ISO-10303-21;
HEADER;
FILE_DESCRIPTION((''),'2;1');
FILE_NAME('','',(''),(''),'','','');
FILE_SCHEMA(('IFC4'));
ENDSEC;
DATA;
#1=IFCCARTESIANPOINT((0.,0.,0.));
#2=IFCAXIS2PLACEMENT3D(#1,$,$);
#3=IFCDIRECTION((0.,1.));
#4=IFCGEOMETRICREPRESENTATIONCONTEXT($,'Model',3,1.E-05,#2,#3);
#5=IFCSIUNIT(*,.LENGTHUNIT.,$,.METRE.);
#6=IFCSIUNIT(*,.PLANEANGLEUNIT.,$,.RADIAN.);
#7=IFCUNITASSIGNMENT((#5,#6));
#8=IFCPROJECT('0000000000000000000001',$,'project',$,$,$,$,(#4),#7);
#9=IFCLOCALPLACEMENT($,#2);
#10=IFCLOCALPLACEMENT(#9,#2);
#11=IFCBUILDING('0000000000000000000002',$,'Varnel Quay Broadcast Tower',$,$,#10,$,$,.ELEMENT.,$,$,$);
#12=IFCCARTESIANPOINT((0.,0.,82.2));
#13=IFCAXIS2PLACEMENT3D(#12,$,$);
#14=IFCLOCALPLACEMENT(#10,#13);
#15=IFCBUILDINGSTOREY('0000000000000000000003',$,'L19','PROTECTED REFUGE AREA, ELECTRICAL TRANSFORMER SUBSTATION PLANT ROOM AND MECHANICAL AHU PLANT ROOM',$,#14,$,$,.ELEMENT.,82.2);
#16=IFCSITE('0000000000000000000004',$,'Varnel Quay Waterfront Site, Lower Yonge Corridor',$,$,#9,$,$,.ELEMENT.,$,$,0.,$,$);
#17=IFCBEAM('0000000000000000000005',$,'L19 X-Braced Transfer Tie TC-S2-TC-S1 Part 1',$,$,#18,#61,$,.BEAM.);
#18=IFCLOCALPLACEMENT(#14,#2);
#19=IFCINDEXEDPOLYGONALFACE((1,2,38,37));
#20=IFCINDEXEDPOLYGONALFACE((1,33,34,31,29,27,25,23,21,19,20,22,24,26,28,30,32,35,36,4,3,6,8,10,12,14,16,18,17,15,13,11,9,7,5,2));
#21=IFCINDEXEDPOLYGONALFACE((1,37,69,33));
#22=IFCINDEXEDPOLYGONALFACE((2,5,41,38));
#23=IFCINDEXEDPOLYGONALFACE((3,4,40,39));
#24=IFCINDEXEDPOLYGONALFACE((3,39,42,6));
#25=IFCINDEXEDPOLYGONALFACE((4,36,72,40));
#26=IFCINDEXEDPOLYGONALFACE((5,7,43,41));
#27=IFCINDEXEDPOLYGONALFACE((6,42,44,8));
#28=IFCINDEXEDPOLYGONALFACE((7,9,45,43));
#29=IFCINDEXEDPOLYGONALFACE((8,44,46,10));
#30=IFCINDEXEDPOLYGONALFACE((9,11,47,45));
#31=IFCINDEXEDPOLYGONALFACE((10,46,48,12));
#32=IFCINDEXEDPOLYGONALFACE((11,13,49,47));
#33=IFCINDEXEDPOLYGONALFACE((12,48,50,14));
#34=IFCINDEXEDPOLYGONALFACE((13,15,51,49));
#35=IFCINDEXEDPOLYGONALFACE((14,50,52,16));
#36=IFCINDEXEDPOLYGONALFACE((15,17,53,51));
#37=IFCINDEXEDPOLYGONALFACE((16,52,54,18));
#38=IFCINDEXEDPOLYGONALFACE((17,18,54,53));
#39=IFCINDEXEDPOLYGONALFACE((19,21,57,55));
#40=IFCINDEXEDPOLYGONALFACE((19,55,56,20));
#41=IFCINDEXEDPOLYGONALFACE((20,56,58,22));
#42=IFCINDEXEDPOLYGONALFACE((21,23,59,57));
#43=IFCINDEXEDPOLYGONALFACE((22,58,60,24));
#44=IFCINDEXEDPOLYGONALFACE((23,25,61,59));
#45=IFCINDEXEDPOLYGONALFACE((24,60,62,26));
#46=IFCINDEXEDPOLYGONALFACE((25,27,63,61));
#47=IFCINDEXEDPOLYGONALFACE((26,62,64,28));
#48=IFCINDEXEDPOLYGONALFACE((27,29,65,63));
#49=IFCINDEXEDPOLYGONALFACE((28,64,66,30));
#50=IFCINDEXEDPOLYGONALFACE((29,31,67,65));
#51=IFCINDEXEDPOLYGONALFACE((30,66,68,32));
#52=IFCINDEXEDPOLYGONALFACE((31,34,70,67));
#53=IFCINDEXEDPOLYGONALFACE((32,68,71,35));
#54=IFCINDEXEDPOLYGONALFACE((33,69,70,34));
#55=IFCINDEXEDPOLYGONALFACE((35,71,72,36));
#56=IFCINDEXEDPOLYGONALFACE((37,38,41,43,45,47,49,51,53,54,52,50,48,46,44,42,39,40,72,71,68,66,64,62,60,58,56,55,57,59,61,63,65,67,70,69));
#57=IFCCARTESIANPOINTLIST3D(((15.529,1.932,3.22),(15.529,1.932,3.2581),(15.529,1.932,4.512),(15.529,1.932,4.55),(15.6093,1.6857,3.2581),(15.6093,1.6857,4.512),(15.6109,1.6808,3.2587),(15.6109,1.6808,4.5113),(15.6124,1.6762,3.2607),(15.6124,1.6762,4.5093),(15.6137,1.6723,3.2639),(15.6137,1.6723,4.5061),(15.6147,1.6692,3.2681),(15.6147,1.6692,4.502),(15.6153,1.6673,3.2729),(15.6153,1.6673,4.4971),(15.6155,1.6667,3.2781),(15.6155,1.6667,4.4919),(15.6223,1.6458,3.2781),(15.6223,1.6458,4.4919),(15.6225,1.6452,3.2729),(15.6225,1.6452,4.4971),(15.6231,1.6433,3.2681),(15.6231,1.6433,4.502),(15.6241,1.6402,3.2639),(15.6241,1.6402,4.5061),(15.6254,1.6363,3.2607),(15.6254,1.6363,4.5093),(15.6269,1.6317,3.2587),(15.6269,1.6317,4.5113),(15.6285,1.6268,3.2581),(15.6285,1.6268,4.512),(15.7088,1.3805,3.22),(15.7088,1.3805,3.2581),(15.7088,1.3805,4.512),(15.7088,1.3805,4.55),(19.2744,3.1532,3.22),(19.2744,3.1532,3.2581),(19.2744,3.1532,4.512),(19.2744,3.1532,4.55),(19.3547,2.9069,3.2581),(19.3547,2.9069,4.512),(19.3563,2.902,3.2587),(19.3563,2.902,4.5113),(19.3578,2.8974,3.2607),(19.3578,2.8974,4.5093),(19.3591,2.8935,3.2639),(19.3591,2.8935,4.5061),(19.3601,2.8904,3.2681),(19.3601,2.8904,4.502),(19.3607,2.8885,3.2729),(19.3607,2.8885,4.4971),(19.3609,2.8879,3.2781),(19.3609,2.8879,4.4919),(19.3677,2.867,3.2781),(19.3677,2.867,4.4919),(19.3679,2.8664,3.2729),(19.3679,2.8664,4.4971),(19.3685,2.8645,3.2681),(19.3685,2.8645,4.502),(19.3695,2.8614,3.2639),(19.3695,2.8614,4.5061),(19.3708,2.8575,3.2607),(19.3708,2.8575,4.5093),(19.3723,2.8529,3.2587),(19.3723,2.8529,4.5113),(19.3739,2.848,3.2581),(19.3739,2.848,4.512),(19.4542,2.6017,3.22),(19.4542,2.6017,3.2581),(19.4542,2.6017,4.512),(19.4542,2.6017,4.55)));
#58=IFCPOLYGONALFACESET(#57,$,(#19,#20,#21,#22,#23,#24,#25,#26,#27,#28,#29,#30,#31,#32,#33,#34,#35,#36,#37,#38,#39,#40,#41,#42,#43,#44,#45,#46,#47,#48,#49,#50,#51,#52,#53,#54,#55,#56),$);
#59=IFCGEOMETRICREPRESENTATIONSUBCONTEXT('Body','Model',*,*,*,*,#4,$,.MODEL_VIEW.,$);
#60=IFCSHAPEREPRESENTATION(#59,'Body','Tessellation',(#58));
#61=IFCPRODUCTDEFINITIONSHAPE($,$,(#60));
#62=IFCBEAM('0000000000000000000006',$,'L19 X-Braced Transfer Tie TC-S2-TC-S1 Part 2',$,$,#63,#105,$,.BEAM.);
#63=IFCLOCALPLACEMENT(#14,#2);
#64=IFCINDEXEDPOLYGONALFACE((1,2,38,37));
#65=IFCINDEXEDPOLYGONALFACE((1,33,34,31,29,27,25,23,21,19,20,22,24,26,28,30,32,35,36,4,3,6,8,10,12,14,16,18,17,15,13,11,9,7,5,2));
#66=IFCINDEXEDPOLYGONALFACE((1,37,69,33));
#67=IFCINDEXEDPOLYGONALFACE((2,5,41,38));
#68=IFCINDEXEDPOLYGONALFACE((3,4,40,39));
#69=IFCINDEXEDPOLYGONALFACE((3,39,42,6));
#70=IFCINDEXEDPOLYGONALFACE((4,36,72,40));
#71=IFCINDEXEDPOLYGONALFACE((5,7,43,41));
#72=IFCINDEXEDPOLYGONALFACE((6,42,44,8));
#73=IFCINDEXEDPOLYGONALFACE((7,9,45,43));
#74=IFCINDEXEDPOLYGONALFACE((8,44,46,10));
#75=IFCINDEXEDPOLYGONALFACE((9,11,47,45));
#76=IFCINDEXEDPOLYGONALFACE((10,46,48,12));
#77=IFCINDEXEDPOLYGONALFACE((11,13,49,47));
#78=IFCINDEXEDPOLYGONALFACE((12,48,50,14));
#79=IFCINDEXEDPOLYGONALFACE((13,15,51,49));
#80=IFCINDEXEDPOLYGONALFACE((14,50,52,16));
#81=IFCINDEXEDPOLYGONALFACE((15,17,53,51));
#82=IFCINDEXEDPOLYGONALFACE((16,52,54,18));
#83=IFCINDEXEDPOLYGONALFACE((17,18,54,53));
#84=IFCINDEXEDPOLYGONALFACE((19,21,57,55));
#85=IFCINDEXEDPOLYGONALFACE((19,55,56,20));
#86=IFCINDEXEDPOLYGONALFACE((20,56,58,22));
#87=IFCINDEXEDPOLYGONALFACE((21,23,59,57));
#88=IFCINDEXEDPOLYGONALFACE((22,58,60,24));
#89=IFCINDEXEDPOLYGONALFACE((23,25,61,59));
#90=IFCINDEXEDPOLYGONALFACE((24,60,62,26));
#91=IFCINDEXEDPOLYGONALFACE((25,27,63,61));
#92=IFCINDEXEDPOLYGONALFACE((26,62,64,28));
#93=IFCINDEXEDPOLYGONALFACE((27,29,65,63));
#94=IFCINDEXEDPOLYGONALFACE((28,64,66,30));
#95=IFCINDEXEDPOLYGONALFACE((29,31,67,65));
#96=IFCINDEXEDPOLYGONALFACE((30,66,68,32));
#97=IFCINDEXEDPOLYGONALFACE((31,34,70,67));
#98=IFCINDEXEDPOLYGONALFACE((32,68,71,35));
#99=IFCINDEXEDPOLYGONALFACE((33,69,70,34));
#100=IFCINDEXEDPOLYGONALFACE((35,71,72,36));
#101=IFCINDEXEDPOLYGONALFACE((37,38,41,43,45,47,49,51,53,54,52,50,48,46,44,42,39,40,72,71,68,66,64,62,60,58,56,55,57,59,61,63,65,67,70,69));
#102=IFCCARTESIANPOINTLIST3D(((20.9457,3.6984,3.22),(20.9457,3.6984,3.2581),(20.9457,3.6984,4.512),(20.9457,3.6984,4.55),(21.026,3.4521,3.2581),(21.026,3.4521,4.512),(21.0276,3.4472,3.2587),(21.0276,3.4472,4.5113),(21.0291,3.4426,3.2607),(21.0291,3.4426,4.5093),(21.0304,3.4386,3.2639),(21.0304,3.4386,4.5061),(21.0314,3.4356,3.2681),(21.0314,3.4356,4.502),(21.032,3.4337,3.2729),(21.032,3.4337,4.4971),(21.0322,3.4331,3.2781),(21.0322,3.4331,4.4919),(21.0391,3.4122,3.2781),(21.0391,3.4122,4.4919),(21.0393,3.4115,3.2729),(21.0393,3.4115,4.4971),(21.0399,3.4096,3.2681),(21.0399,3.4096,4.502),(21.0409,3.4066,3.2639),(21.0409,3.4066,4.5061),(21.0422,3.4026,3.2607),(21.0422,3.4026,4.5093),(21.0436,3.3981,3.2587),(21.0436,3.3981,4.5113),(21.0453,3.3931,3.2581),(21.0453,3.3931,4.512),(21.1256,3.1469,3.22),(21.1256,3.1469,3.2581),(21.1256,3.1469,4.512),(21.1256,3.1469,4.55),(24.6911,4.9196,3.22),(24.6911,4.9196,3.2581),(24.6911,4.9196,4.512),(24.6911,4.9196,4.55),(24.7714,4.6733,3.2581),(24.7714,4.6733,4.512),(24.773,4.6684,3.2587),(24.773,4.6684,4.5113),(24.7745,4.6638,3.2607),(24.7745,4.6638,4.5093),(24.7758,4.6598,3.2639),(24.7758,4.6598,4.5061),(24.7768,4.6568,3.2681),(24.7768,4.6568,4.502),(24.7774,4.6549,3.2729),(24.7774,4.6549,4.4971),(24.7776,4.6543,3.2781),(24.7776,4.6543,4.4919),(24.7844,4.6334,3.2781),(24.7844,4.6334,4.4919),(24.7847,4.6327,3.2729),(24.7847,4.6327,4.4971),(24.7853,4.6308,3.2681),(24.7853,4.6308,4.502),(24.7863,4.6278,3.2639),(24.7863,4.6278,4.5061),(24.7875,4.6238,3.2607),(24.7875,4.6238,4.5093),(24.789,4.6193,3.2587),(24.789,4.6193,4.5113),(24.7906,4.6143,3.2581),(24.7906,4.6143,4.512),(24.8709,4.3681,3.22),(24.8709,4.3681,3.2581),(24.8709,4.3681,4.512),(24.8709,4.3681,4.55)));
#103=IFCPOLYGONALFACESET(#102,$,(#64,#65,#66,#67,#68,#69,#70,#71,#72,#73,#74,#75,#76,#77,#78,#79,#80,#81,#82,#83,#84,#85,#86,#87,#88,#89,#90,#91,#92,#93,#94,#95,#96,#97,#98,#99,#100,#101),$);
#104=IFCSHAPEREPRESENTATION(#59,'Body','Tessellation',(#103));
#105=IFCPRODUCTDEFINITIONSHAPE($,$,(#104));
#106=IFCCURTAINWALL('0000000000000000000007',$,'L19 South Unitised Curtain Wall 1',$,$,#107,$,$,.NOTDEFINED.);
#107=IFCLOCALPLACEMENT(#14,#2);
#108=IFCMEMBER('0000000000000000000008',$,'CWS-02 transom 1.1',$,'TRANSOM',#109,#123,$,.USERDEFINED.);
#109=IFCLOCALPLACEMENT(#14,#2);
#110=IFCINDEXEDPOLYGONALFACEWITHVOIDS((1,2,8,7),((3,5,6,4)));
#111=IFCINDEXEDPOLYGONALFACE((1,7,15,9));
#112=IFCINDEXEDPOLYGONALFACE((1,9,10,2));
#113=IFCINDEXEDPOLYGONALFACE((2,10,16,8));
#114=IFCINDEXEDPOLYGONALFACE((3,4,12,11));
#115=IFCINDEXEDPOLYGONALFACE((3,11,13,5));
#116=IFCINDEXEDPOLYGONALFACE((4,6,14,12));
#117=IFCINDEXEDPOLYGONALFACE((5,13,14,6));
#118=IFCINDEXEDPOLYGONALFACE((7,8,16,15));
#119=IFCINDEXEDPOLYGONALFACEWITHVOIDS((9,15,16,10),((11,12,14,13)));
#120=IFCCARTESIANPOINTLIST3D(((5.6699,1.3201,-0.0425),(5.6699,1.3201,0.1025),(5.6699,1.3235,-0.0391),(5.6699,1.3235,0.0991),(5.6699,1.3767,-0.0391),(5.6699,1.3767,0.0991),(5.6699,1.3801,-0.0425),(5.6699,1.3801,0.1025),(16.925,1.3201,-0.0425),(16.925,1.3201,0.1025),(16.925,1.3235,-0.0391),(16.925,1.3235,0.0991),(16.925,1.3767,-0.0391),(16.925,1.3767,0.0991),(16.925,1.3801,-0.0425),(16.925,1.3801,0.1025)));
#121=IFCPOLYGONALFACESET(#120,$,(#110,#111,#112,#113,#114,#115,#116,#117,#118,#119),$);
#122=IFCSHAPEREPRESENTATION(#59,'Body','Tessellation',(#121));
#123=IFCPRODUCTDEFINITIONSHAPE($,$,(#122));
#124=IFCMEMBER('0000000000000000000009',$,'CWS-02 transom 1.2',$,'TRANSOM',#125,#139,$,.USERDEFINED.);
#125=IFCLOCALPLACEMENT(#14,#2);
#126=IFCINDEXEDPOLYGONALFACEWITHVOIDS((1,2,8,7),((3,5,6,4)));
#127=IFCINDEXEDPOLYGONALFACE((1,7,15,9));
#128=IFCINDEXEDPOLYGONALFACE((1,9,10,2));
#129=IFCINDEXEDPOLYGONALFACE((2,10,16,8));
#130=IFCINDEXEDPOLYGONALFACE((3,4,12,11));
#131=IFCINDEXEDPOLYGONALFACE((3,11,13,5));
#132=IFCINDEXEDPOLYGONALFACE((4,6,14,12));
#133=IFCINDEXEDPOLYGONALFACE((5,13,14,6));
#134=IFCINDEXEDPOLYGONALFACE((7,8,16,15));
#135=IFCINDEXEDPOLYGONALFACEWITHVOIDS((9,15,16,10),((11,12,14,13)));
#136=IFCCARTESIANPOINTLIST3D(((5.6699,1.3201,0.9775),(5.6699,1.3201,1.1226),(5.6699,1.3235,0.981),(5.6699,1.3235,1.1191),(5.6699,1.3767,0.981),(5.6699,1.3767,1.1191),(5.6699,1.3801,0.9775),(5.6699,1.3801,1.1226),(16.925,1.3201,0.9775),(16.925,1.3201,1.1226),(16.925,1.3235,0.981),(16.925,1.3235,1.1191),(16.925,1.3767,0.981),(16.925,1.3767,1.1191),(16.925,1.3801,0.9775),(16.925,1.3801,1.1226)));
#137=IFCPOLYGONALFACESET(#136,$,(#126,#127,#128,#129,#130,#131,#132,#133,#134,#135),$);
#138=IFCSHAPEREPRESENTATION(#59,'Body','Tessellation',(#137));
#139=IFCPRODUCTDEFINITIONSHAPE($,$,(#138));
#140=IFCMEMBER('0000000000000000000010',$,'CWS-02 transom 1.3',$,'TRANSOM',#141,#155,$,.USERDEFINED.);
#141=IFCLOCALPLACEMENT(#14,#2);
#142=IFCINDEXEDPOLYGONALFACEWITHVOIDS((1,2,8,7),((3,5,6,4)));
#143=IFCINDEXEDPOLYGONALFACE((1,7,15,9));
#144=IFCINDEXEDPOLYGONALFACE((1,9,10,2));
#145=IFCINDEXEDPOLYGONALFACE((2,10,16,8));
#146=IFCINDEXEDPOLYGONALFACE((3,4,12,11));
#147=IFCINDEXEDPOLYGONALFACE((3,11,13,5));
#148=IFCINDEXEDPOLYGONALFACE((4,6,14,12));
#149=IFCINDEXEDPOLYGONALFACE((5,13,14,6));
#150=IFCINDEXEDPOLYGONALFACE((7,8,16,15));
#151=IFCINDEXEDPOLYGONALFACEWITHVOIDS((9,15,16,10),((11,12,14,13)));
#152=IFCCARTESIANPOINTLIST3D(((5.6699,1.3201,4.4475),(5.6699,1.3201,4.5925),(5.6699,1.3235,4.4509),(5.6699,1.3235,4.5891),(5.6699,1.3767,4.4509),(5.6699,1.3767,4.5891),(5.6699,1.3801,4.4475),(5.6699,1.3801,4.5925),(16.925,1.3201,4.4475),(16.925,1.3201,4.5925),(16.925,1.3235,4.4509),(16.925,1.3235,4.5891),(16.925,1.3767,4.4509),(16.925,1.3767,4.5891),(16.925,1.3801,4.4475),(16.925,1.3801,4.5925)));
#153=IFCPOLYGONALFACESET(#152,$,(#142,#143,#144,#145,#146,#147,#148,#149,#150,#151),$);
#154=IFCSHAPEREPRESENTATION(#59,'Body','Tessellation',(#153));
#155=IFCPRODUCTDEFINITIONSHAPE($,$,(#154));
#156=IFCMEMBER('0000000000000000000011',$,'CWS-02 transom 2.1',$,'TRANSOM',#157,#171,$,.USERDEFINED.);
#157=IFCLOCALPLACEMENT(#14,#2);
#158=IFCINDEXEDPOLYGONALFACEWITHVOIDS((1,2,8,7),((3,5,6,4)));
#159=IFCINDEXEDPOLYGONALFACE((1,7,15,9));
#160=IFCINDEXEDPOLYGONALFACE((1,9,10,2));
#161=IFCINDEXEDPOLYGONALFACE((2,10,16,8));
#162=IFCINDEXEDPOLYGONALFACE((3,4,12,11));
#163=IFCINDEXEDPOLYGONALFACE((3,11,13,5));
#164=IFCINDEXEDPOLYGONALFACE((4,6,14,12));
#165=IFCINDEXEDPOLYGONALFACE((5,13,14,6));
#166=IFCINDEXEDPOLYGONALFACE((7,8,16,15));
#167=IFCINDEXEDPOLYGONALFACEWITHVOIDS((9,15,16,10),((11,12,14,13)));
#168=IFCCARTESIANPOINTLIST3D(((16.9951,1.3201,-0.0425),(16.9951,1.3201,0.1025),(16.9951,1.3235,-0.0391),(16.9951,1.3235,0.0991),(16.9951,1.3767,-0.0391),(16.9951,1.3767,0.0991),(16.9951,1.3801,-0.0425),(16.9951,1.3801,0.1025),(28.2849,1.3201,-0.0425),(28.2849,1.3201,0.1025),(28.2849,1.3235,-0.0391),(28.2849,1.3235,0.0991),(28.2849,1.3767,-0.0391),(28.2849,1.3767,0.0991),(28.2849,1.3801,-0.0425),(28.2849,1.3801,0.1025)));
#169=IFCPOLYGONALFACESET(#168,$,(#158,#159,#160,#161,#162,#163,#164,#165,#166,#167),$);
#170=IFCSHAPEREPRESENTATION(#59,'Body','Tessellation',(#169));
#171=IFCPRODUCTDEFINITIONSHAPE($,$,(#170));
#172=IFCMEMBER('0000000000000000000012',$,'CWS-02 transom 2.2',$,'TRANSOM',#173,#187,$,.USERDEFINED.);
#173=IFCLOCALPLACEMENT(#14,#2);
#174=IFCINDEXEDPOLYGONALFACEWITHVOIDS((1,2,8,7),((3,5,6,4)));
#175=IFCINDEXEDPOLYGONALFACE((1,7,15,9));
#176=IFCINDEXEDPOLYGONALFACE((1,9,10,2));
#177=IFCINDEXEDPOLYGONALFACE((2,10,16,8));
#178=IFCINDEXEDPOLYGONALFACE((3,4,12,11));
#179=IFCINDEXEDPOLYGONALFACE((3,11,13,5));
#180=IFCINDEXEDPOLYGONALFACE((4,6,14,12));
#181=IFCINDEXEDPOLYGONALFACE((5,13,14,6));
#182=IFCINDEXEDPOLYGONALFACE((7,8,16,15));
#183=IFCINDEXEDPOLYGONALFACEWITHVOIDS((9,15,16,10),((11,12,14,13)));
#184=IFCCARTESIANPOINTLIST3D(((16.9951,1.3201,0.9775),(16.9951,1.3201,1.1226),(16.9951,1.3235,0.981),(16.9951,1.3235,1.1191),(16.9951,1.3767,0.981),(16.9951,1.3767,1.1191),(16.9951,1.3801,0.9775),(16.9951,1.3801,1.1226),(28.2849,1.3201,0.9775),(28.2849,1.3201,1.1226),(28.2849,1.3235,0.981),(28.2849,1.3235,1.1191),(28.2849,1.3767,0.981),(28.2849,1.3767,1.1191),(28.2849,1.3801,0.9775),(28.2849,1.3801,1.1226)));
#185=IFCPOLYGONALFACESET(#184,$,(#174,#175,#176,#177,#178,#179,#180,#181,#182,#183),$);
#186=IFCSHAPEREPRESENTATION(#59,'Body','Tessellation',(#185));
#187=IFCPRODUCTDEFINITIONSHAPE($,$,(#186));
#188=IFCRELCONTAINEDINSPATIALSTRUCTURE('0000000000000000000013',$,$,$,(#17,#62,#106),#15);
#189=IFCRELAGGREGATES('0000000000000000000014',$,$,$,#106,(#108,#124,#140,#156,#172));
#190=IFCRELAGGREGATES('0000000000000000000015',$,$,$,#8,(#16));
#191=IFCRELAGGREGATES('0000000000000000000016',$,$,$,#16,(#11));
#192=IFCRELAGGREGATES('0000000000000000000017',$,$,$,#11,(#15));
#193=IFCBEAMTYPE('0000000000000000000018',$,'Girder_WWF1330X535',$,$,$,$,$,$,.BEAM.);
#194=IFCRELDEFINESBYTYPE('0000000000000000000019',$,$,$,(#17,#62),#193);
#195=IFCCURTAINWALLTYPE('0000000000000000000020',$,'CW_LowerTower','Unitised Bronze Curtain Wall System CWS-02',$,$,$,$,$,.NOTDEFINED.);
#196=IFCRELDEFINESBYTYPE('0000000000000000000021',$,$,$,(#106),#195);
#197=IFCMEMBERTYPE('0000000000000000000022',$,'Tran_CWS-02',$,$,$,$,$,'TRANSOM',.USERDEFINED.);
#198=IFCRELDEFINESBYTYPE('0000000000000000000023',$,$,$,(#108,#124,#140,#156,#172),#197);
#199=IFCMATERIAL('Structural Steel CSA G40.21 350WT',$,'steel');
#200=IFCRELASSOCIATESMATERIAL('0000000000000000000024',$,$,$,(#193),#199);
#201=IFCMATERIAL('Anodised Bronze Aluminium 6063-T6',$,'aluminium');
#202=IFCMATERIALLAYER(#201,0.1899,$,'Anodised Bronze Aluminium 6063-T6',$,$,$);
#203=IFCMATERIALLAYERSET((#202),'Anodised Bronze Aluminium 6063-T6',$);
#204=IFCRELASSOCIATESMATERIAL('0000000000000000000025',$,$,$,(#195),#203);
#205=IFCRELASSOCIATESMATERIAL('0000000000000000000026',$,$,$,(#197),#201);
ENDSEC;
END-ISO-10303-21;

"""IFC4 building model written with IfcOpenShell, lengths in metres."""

from ifc_helpers import new_model, si_unit, direction, frame, origin, origin_2d, place, context, subcontext, project, spatial, hollow_rectangle, i_section, extrude, source, transform, mapped, material, layer, layer_set, material_profile, profile_set, type_object, type_shapes, element, aggregate, save


model = new_model("IFC4")

# Units and contexts
model_context = context("Model", 3, precision=1e-05, world=origin(), true_north=direction((0.0, 1.0)))
body_context = subcontext(model_context, "Body", "Model", "MODEL_VIEW")
ifc_project = project(units=[si_unit("LENGTHUNIT", "METRE"), si_unit("PLANEANGLEUNIT", "RADIAN")], contexts=[model_context])

# Site, building, storey
site_placement = place(None, origin())
site = spatial("IfcSite", under=ifc_project, at=site_placement, Name="Varnel Quay Waterfront Site, Lower Yonge Corridor", CompositionType="ELEMENT", RefElevation=0.0)
building_placement = place(site_placement, origin())
building = spatial("IfcBuilding", under=site, at=building_placement, Name="Varnel Quay Broadcast Tower", CompositionType="ELEMENT")
storey_placement = place(building_placement, frame((0.0, 0.0, 82.2)))
storey = spatial("IfcBuildingStorey", under=building, at=storey_placement, Name="L19", Description="PROTECTED REFUGE AREA, ELECTRICAL TRANSFORMER SUBSTATION PLANT ROOM AND MECHANICAL AHU PLANT ROOM", CompositionType="ELEMENT", Elevation=82.2)

# Beams
ifc_material_1 = material(Name="Structural Steel CSA G40.21 350WT", Category="steel")
ifc_material_profile_1 = material_profile(ifc_material_1, i_section(OverallWidth=0.5801, OverallDepth=1.3301, WebThickness=0.022, FlangeThickness=0.0381, FilletRadius=0.02, at=origin_2d()), Name="WWF1330X535")
ifc_profile_set_1 = profile_set([ifc_material_profile_1], Name="Structural Steel CSA G40.21 350WT")
beam_type_1 = type_object("IfcBeamType", Name="Girder_WWF1330X535", PredefinedType="BEAM", material=ifc_profile_set_1)
shared_shape_1 = source(origin(), body_context, "Body", "SweptSolid", [
    extrude(i_section(OverallWidth=0.5801, OverallDepth=1.3301, WebThickness=0.022, FlangeThickness=0.0381, FilletRadius=0.02, at=origin_2d()), origin(), (0.0, 0.0, 1.0), 3.9395),
])
for number, where, z_axis, x_axis, name in (
    (1, (15.6189, 1.6562, 3.885), (0.950739, 0.309993, 0.0), (-0.309993, 0.950739, 0.0), "L19 X-Braced Transfer Tie TC-S2-TC-S1 Part 1"),
    (2, (21.0356, 3.4226, 3.885), (0.950739, 0.309993, 0.0), (-0.309993, 0.950739, 0.0), "L19 X-Braced Transfer Tie TC-S2-TC-S1 Part 2"),
):
    element("IfcBeam", number, at=place(storey_placement, frame(where, z_axis=z_axis, x_axis=x_axis)), inside=storey, type_object=beam_type_1, Name=name, PredefinedType="BEAM", context=body_context, shape_type="MappedRepresentation", body=[
        mapped(shared_shape_1, transform((0.0, 0.0, 0.0), x_axis=(1.0, 0.0, 0.0), y_axis=(0.0, 1.0, 0.0), z_axis=(0.0, 0.0, 1.0), scale=1.0)),
    ])

# Curtain wall, members
ifc_material_2 = material(Name="Anodised Bronze Aluminium 6063-T6", Category="aluminium")
ifc_layer_1 = layer(ifc_material_2, 0.1899, Name="Anodised Bronze Aluminium 6063-T6")
ifc_layer_set_1 = layer_set([ifc_layer_1], Name="Anodised Bronze Aluminium 6063-T6")
curtain_wall_type_1 = type_object("IfcCurtainWallType", Name="CW_LowerTower", Description="Unitised Bronze Curtain Wall System CWS-02", PredefinedType="NOTDEFINED", material=ifc_layer_set_1)
curtain_wall_1_placement = place(storey_placement, origin())
curtain_wall_1 = element("IfcCurtainWall", 3, at=curtain_wall_1_placement, inside=storey, type_object=curtain_wall_type_1, Name="L19 South Unitised Curtain Wall 1", PredefinedType="NOTDEFINED")
ifc_material_profile_2 = material_profile(ifc_material_2, hollow_rectangle(XDim=0.0601, YDim=0.145, WallThickness=0.0034, at=origin_2d()), Name="ALU60X145X3.5")
ifc_profile_set_2 = profile_set([ifc_material_profile_2], Name="Anodised Bronze Aluminium 6063-T6")
member_type_1 = type_object("IfcMemberType", Name="Tran_CWS-02", ElementType="TRANSOM", PredefinedType="USERDEFINED", material=ifc_profile_set_2)
shared_shape_2 = source(origin(), body_context, "Body", "SweptSolid", [
    extrude(hollow_rectangle(XDim=0.0601, YDim=0.145, WallThickness=0.0034, at=origin_2d()), origin(), (0.0, 0.0, 1.0), 11.2551),
])
member_1_placement = place(storey_placement, frame((5.6699, 1.3501, 0.03), z_axis=(1.0, 0.0, 0.0), x_axis=(0.0, 1.0, 0.0)))
member_1 = element("IfcMember", 4, at=member_1_placement, type_object=member_type_1, Name="CWS-02 transom 1.1", ObjectType="TRANSOM", PredefinedType="USERDEFINED", context=body_context, shape_type="MappedRepresentation", body=[
    mapped(shared_shape_2, transform((0.0, 0.0, 0.0), x_axis=(1.0, 0.0, 0.0), y_axis=(0.0, 1.0, 0.0), z_axis=(0.0, 0.0, 1.0), scale=1.0)),
])
member_2_placement = place(storey_placement, frame((5.6699, 1.3501, 1.05), z_axis=(1.0, 0.0, 0.0), x_axis=(0.0, 1.0, 0.0)))
member_2 = element("IfcMember", 5, at=member_2_placement, type_object=member_type_1, Name="CWS-02 transom 1.2", ObjectType="TRANSOM", PredefinedType="USERDEFINED", context=body_context, shape_type="MappedRepresentation", body=[
    mapped(shared_shape_2, transform((0.0, 0.0, 0.0), x_axis=(1.0, 0.0, 0.0), y_axis=(0.0, 1.0, 0.0), z_axis=(0.0, 0.0, 1.0), scale=1.0)),
])
member_3_placement = place(storey_placement, frame((5.6699, 1.3501, 4.52), z_axis=(1.0, 0.0, 0.0), x_axis=(0.0, 1.0, 0.0)))
member_3 = element("IfcMember", 6, at=member_3_placement, type_object=member_type_1, Name="CWS-02 transom 1.3", ObjectType="TRANSOM", PredefinedType="USERDEFINED", context=body_context, shape_type="MappedRepresentation", body=[
    mapped(shared_shape_2, transform((0.0, 0.0, 0.0), x_axis=(1.0, 0.0, 0.0), y_axis=(0.0, 1.0, 0.0), z_axis=(0.0, 0.0, 1.0), scale=1.0)),
])
shared_shape_3 = source(origin(), body_context, "Body", "SweptSolid", [
    extrude(hollow_rectangle(XDim=0.0601, YDim=0.145, WallThickness=0.0034, at=origin_2d()), origin(), (0.0, 0.0, 1.0), 11.2898),
])
type_shapes(member_type_1, [shared_shape_2, shared_shape_3])
member_4_placement = place(storey_placement, frame((16.9951, 1.3501, 0.03), z_axis=(1.0, 0.0, 0.0), x_axis=(0.0, 1.0, 0.0)))
member_4 = element("IfcMember", 7, at=member_4_placement, type_object=member_type_1, Name="CWS-02 transom 2.1", ObjectType="TRANSOM", PredefinedType="USERDEFINED", context=body_context, shape_type="MappedRepresentation", body=[
    mapped(shared_shape_3, transform((0.0, 0.0, 0.0), x_axis=(1.0, 0.0, 0.0), y_axis=(0.0, 1.0, 0.0), z_axis=(0.0, 0.0, 1.0), scale=1.0)),
])
member_5_placement = place(storey_placement, frame((16.9951, 1.3501, 1.05), z_axis=(1.0, 0.0, 0.0), x_axis=(0.0, 1.0, 0.0)))
member_5 = element("IfcMember", 8, at=member_5_placement, type_object=member_type_1, Name="CWS-02 transom 2.2", ObjectType="TRANSOM", PredefinedType="USERDEFINED", context=body_context, shape_type="MappedRepresentation", body=[
    mapped(shared_shape_3, transform((0.0, 0.0, 0.0), x_axis=(1.0, 0.0, 0.0), y_axis=(0.0, 1.0, 0.0), z_axis=(0.0, 0.0, 1.0), scale=1.0)),
])

aggregate(curtain_wall_1, [member_1, member_2, member_3, member_4, member_5])

save(model, "model.ifc")
